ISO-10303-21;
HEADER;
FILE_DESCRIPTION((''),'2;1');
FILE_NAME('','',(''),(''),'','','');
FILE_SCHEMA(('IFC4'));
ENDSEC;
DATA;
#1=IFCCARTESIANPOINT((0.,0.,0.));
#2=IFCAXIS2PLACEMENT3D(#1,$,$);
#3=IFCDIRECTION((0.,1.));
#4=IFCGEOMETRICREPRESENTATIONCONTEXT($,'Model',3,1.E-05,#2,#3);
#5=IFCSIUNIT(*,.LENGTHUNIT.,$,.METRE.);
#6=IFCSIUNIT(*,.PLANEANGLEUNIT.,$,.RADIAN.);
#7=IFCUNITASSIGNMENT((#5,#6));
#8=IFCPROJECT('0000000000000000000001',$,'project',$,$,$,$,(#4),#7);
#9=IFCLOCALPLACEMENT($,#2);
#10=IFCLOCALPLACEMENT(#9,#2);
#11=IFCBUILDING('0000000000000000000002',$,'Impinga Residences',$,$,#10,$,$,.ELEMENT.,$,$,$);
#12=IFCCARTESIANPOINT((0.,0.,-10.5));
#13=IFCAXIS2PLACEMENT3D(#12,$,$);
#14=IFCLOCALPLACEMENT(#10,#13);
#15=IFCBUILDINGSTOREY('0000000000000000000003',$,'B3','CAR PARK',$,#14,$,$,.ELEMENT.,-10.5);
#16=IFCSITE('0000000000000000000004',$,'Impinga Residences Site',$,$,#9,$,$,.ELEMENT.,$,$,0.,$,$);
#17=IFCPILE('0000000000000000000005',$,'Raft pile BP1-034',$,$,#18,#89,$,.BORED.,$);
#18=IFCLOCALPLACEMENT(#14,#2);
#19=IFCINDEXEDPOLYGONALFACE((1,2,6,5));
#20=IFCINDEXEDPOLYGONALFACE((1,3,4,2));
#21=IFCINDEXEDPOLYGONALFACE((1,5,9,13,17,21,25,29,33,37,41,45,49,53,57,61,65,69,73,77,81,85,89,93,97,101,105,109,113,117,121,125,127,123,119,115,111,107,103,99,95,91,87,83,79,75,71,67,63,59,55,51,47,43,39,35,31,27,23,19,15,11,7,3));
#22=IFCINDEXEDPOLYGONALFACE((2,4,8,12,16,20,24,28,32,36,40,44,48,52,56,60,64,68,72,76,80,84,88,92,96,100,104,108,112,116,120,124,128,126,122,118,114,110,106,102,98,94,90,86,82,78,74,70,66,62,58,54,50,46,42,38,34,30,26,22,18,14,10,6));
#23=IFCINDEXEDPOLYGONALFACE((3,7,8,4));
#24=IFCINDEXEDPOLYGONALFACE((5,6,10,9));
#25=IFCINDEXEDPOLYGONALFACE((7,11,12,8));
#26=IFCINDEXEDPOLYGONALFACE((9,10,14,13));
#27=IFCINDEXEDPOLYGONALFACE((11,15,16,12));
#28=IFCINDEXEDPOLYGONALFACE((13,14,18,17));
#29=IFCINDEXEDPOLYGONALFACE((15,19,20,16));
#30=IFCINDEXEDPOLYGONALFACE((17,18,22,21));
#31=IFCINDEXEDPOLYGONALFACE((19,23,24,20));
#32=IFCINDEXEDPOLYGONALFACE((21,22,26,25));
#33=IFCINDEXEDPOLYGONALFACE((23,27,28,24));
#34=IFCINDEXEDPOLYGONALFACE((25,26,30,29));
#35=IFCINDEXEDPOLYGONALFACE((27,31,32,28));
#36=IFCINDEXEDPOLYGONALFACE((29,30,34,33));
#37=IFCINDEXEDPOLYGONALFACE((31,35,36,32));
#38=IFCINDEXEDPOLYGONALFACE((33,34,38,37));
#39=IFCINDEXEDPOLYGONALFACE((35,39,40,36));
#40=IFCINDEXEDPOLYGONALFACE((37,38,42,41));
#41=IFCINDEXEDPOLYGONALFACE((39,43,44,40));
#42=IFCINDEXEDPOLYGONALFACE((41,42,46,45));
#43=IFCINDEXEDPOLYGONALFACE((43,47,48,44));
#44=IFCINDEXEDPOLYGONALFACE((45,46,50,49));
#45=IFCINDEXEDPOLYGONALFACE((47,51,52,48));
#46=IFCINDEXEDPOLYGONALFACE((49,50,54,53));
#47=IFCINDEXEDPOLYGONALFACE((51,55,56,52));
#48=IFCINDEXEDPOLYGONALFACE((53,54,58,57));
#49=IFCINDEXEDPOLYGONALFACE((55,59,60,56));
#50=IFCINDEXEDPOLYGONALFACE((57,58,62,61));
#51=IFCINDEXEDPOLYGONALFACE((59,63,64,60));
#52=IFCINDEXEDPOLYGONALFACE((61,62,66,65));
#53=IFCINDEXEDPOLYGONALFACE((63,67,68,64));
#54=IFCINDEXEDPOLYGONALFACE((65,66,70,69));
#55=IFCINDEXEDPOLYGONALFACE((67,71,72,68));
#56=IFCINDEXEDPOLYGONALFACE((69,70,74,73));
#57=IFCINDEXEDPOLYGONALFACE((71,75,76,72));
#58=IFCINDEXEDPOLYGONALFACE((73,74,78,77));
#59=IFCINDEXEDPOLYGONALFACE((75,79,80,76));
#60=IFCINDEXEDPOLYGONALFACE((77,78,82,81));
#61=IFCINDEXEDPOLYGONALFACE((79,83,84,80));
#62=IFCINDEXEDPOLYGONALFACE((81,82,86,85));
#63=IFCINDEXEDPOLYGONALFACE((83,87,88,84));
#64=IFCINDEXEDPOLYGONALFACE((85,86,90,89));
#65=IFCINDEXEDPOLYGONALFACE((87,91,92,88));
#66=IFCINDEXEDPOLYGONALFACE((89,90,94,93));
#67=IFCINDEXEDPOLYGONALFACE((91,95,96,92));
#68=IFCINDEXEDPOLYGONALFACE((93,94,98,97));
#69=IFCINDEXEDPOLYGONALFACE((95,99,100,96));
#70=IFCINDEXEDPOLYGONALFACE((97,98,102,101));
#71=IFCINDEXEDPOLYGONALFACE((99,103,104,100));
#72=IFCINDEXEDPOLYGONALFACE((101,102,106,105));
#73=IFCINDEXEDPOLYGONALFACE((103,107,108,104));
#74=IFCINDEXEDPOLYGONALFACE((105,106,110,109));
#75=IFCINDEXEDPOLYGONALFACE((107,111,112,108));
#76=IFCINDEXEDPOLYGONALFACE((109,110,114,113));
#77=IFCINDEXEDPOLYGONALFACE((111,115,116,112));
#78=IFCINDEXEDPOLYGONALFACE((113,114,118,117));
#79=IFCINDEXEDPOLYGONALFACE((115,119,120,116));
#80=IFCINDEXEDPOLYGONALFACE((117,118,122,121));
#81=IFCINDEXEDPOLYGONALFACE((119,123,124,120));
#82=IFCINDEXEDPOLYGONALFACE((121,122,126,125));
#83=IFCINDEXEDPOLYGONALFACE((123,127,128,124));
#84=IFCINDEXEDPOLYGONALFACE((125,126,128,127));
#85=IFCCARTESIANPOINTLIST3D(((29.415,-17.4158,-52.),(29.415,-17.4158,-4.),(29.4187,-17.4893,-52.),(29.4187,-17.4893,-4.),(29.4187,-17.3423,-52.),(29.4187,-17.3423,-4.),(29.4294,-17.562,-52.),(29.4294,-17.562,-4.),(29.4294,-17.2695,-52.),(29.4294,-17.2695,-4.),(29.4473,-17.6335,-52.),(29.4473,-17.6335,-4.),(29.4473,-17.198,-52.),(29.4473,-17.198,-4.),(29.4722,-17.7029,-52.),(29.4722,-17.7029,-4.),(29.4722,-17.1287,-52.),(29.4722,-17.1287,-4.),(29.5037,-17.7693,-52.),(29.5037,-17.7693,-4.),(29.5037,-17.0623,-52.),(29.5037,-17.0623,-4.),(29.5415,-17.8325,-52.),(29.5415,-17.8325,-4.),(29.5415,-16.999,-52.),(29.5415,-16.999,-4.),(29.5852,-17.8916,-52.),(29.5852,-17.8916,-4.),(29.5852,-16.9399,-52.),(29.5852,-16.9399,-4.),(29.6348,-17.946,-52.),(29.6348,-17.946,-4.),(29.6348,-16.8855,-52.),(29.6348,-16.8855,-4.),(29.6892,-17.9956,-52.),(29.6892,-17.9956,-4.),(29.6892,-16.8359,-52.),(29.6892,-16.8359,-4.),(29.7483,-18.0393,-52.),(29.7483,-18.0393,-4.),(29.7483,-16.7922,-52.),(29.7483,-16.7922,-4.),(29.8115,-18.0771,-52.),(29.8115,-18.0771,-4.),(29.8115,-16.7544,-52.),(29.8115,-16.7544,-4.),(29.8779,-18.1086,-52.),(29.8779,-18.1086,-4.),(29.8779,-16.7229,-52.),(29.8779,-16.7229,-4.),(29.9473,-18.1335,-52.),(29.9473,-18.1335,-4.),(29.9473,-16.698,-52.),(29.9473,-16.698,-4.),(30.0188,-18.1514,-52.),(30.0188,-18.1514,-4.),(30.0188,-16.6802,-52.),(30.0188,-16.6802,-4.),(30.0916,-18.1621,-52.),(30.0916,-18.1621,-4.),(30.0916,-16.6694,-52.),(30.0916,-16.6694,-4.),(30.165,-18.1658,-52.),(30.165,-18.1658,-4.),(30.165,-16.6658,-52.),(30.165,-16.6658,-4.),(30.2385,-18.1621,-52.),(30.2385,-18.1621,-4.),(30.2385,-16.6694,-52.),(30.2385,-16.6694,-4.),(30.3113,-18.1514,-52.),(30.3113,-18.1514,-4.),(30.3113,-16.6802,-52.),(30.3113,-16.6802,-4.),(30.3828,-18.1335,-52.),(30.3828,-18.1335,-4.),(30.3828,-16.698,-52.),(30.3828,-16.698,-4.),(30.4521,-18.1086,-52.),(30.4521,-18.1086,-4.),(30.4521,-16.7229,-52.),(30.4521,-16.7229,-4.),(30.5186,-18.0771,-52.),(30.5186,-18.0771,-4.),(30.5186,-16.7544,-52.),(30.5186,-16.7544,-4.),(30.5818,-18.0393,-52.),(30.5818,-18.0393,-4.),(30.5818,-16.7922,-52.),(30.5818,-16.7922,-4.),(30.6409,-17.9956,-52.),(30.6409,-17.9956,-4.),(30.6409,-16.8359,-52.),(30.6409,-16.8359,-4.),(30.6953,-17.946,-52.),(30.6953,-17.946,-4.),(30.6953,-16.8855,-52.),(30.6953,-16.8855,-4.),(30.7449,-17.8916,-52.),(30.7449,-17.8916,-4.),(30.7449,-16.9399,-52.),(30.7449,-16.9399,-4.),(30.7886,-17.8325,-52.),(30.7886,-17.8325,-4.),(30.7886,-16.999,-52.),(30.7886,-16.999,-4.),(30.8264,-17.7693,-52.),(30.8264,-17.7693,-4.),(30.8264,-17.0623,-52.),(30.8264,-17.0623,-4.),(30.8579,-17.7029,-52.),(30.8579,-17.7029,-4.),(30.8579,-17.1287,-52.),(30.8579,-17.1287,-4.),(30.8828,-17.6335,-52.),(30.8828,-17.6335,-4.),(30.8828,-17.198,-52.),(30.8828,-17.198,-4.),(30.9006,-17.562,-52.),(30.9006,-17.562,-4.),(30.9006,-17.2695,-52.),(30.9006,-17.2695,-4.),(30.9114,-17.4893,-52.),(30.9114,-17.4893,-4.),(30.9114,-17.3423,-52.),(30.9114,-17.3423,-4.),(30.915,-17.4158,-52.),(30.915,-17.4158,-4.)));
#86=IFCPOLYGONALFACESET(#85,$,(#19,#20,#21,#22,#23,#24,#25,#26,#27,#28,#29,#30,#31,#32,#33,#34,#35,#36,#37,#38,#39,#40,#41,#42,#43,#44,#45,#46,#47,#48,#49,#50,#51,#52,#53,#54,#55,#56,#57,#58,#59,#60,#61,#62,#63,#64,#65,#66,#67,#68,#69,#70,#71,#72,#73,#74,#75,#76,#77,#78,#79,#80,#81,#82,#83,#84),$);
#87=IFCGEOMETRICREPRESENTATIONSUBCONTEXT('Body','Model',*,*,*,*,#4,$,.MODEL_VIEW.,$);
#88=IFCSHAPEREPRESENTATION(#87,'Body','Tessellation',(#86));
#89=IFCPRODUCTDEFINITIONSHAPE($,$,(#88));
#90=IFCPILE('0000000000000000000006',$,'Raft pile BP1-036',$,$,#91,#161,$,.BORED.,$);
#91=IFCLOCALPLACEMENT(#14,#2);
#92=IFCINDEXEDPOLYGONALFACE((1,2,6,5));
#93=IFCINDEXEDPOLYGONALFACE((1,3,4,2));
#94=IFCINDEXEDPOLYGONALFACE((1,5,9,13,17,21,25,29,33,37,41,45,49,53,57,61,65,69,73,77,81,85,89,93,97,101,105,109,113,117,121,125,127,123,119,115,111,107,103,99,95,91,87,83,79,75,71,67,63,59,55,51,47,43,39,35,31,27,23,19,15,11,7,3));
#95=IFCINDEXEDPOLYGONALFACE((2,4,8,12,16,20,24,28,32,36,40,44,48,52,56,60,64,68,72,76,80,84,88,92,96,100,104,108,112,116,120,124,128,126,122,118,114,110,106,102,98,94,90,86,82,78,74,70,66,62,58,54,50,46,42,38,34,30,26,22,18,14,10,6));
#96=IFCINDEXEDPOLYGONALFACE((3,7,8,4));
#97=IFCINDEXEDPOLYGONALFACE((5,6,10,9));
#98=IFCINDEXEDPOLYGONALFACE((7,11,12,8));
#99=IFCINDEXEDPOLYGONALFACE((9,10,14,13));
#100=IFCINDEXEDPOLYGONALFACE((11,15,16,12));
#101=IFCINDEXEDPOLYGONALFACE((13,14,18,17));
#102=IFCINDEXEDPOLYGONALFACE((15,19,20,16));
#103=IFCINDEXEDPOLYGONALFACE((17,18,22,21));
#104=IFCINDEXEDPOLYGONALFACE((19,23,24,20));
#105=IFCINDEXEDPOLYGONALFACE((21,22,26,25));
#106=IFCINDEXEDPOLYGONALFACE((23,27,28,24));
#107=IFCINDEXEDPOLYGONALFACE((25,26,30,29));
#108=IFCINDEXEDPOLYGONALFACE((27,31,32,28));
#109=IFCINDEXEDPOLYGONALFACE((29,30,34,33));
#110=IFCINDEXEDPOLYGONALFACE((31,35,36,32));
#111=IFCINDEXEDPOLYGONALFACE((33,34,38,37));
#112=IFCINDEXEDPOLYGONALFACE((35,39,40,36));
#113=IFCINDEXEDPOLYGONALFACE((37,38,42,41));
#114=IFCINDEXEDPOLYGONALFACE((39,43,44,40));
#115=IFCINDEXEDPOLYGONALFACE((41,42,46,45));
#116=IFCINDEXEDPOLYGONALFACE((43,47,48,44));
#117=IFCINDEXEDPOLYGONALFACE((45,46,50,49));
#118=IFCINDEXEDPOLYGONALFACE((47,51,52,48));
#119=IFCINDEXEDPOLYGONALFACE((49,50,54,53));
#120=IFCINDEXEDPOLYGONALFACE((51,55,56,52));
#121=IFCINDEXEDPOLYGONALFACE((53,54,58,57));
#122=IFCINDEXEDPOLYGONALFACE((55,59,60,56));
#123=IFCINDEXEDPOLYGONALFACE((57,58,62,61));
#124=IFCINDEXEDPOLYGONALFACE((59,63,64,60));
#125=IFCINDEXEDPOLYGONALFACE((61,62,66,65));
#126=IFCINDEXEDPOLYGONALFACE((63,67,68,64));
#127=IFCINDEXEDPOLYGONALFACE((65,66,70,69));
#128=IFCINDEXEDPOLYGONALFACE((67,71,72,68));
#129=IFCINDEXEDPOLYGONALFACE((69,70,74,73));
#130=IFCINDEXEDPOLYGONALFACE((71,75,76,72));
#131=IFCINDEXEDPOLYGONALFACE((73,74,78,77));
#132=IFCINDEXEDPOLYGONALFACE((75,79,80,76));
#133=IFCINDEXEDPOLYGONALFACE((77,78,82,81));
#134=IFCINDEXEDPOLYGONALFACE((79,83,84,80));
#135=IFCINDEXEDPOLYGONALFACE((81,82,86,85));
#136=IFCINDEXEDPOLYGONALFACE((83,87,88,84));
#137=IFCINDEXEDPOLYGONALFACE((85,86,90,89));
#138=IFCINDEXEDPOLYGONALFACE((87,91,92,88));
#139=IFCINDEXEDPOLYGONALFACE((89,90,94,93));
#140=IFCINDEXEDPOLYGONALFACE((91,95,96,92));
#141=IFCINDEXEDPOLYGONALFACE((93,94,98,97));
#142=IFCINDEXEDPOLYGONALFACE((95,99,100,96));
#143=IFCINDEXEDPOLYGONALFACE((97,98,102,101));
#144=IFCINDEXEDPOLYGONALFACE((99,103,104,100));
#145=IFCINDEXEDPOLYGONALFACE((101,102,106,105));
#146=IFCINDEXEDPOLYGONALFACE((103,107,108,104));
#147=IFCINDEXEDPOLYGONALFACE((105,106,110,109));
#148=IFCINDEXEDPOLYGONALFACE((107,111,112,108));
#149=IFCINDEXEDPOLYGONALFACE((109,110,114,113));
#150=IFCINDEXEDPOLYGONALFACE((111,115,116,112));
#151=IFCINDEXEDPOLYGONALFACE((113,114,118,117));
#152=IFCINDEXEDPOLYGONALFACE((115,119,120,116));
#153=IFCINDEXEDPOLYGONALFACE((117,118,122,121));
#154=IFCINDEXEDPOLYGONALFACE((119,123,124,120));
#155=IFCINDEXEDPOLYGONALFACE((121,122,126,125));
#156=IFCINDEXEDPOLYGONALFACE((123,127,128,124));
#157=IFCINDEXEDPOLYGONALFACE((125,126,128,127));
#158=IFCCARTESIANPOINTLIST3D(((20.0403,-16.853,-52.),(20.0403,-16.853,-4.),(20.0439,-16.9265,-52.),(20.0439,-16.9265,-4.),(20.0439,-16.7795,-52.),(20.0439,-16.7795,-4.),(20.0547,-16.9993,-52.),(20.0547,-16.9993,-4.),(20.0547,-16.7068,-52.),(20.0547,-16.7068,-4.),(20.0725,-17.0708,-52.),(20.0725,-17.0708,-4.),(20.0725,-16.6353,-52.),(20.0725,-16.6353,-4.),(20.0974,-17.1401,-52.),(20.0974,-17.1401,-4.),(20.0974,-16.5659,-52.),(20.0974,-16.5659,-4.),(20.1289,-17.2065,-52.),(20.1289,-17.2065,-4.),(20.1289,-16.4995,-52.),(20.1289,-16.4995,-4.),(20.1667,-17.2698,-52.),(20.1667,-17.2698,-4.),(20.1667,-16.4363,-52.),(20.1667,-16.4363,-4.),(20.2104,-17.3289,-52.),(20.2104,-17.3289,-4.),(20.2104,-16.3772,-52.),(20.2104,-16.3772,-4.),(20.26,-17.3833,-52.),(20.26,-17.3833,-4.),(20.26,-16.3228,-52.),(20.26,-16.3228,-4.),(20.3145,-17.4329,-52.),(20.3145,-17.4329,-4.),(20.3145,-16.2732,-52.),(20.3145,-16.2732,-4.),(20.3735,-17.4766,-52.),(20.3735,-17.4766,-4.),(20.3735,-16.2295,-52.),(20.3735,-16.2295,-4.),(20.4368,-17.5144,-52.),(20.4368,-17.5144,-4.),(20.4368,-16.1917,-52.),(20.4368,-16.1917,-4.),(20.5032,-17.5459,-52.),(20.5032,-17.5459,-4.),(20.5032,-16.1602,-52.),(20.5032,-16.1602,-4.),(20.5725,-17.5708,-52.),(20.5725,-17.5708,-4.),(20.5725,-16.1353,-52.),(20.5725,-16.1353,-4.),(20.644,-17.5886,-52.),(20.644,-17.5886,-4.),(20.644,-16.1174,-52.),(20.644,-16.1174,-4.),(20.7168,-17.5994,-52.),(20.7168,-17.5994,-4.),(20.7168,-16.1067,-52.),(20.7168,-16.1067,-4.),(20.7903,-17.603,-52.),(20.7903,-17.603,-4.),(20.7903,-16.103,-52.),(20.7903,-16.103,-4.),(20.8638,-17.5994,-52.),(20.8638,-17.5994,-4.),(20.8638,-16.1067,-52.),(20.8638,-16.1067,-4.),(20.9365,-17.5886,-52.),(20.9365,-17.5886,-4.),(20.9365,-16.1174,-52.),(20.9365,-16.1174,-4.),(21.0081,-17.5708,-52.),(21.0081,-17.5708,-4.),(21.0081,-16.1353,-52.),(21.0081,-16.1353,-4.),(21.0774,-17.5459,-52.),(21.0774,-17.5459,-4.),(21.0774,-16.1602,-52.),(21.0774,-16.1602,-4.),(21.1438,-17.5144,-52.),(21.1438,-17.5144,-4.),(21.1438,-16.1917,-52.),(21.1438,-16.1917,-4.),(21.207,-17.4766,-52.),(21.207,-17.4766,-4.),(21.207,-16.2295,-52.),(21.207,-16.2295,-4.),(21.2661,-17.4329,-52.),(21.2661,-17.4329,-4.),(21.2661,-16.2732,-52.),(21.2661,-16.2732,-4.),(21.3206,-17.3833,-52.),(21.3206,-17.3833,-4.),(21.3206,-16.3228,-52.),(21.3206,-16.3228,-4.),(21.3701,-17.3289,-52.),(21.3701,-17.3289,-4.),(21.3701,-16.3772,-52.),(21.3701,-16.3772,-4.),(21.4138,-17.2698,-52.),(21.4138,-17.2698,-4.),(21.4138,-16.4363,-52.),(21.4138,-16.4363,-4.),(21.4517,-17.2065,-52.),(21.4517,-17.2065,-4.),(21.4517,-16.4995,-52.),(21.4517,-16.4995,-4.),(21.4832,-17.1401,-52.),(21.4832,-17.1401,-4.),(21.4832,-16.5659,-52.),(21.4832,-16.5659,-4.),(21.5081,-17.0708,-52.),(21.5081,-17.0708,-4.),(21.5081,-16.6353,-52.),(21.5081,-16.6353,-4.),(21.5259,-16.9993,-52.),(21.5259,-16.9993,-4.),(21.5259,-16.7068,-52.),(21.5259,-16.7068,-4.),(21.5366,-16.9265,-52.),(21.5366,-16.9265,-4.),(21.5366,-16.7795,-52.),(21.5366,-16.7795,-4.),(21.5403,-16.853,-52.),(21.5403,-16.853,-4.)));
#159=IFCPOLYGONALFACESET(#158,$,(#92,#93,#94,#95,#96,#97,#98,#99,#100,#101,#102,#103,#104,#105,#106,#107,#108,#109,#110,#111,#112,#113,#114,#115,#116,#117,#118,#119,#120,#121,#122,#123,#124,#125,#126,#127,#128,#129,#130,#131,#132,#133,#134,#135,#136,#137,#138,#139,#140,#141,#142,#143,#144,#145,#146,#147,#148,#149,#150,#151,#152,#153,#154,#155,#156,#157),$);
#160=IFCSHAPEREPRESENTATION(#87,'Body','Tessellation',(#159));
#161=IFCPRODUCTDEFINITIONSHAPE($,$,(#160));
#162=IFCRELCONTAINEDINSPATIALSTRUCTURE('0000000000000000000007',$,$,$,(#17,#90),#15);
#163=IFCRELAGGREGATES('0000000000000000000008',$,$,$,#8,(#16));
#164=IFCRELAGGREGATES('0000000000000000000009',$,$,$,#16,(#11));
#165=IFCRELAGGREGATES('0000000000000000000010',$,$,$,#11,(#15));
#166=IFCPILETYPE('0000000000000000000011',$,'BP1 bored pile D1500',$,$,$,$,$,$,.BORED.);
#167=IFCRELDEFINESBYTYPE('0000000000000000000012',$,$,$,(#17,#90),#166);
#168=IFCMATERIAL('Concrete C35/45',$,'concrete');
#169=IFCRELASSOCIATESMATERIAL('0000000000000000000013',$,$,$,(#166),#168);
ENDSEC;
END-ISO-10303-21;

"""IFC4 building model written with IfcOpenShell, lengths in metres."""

from ifc_helpers import new_model, si_unit, direction, frame, origin, origin_2d, place, context, subcontext, project, spatial, polyline, circle, outline, extrude, material, material_profile, profile_set, type_object, element, save


model = new_model("IFC4")

# Units and contexts
model_context = context("Model", 3, precision=1e-05, world=origin(), true_north=direction((0.0, 1.0)))
body_context = subcontext(model_context, "Body", "Model", "MODEL_VIEW")
ifc_project = project(units=[si_unit("LENGTHUNIT", "METRE"), si_unit("PLANEANGLEUNIT", "RADIAN")], contexts=[model_context])

# Site, building, storey
site_placement = place(None, origin())
site = spatial("IfcSite", under=ifc_project, at=site_placement, Name="Impinga Residences Site", CompositionType="ELEMENT", RefElevation=0.0)
building_placement = place(site_placement, origin())
building = spatial("IfcBuilding", under=site, at=building_placement, Name="Impinga Residences", CompositionType="ELEMENT")
storey_placement = place(building_placement, frame((0.0, 0.0, -10.5)))
storey = spatial("IfcBuildingStorey", under=building, at=storey_placement, Name="B3", Description="CAR PARK", CompositionType="ELEMENT", Elevation=-10.5)

# Piles
ifc_material_1 = material(Name="Concrete C35/45", Category="concrete")
ifc_material_profile_1 = material_profile(ifc_material_1, circle(Radius=0.75, at=origin_2d()), Name="D1500")
ifc_profile_set_1 = profile_set([ifc_material_profile_1], Name="Concrete C35/45")
pile_type = type_object("IfcPileType", Name="BP1 bored pile D1500", PredefinedType="BORED", material=ifc_profile_set_1)
pile_1_placement = place(storey_placement, frame((30.165, -17.4158, -4.0), z_axis=(0.0, 0.0, -1.0), x_axis=(1.0, 0.0, 0.0)))
element("IfcPile", 1, at=pile_1_placement, inside=storey, type_object=pile_type, Name="Raft pile BP1-034", PredefinedType="BORED", context=body_context, shape_type="SweptSolid", body=[
    extrude(outline(polyline([(0.75, 0.0), (0.7463, 0.0735), (0.7356, 0.1462), (0.7178, 0.2178), (0.6929, 0.2871), (0.6614, 0.3535), (0.6235, 0.4167), (0.5798, 0.4758), (0.5303, 0.5303), (0.4758, 0.5798), (0.4167, 0.6235), (0.3535, 0.6614), (0.2871, 0.6929), (0.2178, 0.7178), (0.1462, 0.7356), (0.0735, 0.7463), (0.0, 0.75), (-0.0735, 0.7463), (-0.1462, 0.7356), (-0.2178, 0.7178), (-0.2871, 0.6929), (-0.3535, 0.6614), (-0.4167, 0.6235), (-0.4758, 0.5798), (-0.5303, 0.5303), (-0.5798, 0.4758), (-0.6235, 0.4167), (-0.6614, 0.3535), (-0.6929, 0.2871), (-0.7178, 0.2178), (-0.7356, 0.1462), (-0.7463, 0.0735), (-0.75, 0.0), (-0.7463, -0.0735), (-0.7356, -0.1462), (-0.7178, -0.2178), (-0.6929, -0.2871), (-0.6614, -0.3535), (-0.6235, -0.4167), (-0.5798, -0.4758), (-0.5303, -0.5303), (-0.4758, -0.5798), (-0.4167, -0.6235), (-0.3535, -0.6614), (-0.2871, -0.6929), (-0.2178, -0.7178), (-0.1462, -0.7356), (-0.0735, -0.7463), (0.0, -0.75), (0.0735, -0.7463), (0.1462, -0.7356), (0.2178, -0.7178), (0.2871, -0.6929), (0.3535, -0.6614), (0.4167, -0.6235), (0.4758, -0.5798), (0.5303, -0.5303), (0.5798, -0.4758), (0.6235, -0.4167), (0.6614, -0.3535), (0.6929, -0.2871), (0.7178, -0.2178), (0.7356, -0.1462), (0.7463, -0.0735), (0.75, 0.0)])), origin(), (0.0, 0.0, 1.0), 48.0),
])
pile_2_placement = place(storey_placement, frame((20.7903, -16.853, -4.0), z_axis=(0.0, 0.0, -1.0), x_axis=(1.0, 0.0, 0.0)))
element("IfcPile", 2, at=pile_2_placement, inside=storey, type_object=pile_type, Name="Raft pile BP1-036", PredefinedType="BORED", context=body_context, shape_type="SweptSolid", body=[
    extrude(outline(polyline([(0.75, 0.0), (0.7463, 0.0735), (0.7356, 0.1462), (0.7178, 0.2178), (0.6929, 0.2871), (0.6614, 0.3535), (0.6235, 0.4167), (0.5798, 0.4758), (0.5303, 0.5303), (0.4758, 0.5798), (0.4167, 0.6235), (0.3535, 0.6614), (0.2871, 0.6929), (0.2178, 0.7178), (0.1462, 0.7356), (0.0735, 0.7463), (0.0, 0.75), (-0.0735, 0.7463), (-0.1462, 0.7356), (-0.2178, 0.7178), (-0.2871, 0.6929), (-0.3535, 0.6614), (-0.4167, 0.6235), (-0.4758, 0.5798), (-0.5303, 0.5303), (-0.5798, 0.4758), (-0.6235, 0.4167), (-0.6614, 0.3535), (-0.6929, 0.2871), (-0.7178, 0.2178), (-0.7356, 0.1462), (-0.7463, 0.0735), (-0.75, 0.0), (-0.7463, -0.0735), (-0.7356, -0.1462), (-0.7178, -0.2178), (-0.6929, -0.2871), (-0.6614, -0.3535), (-0.6235, -0.4167), (-0.5798, -0.4758), (-0.5303, -0.5303), (-0.4758, -0.5798), (-0.4167, -0.6235), (-0.3535, -0.6614), (-0.2871, -0.6929), (-0.2178, -0.7178), (-0.1462, -0.7356), (-0.0735, -0.7463), (0.0, -0.75), (0.0735, -0.7463), (0.1462, -0.7356), (0.2178, -0.7178), (0.2871, -0.6929), (0.3535, -0.6614), (0.4167, -0.6235), (0.4758, -0.5798), (0.5303, -0.5303), (0.5798, -0.4758), (0.6235, -0.4167), (0.6614, -0.3535), (0.6929, -0.2871), (0.7178, -0.2178), (0.7356, -0.1462), (0.7463, -0.0735), (0.75, 0.0)])), origin(), (0.0, 0.0, 1.0), 48.0),
])

save(model, "model.ifc")
